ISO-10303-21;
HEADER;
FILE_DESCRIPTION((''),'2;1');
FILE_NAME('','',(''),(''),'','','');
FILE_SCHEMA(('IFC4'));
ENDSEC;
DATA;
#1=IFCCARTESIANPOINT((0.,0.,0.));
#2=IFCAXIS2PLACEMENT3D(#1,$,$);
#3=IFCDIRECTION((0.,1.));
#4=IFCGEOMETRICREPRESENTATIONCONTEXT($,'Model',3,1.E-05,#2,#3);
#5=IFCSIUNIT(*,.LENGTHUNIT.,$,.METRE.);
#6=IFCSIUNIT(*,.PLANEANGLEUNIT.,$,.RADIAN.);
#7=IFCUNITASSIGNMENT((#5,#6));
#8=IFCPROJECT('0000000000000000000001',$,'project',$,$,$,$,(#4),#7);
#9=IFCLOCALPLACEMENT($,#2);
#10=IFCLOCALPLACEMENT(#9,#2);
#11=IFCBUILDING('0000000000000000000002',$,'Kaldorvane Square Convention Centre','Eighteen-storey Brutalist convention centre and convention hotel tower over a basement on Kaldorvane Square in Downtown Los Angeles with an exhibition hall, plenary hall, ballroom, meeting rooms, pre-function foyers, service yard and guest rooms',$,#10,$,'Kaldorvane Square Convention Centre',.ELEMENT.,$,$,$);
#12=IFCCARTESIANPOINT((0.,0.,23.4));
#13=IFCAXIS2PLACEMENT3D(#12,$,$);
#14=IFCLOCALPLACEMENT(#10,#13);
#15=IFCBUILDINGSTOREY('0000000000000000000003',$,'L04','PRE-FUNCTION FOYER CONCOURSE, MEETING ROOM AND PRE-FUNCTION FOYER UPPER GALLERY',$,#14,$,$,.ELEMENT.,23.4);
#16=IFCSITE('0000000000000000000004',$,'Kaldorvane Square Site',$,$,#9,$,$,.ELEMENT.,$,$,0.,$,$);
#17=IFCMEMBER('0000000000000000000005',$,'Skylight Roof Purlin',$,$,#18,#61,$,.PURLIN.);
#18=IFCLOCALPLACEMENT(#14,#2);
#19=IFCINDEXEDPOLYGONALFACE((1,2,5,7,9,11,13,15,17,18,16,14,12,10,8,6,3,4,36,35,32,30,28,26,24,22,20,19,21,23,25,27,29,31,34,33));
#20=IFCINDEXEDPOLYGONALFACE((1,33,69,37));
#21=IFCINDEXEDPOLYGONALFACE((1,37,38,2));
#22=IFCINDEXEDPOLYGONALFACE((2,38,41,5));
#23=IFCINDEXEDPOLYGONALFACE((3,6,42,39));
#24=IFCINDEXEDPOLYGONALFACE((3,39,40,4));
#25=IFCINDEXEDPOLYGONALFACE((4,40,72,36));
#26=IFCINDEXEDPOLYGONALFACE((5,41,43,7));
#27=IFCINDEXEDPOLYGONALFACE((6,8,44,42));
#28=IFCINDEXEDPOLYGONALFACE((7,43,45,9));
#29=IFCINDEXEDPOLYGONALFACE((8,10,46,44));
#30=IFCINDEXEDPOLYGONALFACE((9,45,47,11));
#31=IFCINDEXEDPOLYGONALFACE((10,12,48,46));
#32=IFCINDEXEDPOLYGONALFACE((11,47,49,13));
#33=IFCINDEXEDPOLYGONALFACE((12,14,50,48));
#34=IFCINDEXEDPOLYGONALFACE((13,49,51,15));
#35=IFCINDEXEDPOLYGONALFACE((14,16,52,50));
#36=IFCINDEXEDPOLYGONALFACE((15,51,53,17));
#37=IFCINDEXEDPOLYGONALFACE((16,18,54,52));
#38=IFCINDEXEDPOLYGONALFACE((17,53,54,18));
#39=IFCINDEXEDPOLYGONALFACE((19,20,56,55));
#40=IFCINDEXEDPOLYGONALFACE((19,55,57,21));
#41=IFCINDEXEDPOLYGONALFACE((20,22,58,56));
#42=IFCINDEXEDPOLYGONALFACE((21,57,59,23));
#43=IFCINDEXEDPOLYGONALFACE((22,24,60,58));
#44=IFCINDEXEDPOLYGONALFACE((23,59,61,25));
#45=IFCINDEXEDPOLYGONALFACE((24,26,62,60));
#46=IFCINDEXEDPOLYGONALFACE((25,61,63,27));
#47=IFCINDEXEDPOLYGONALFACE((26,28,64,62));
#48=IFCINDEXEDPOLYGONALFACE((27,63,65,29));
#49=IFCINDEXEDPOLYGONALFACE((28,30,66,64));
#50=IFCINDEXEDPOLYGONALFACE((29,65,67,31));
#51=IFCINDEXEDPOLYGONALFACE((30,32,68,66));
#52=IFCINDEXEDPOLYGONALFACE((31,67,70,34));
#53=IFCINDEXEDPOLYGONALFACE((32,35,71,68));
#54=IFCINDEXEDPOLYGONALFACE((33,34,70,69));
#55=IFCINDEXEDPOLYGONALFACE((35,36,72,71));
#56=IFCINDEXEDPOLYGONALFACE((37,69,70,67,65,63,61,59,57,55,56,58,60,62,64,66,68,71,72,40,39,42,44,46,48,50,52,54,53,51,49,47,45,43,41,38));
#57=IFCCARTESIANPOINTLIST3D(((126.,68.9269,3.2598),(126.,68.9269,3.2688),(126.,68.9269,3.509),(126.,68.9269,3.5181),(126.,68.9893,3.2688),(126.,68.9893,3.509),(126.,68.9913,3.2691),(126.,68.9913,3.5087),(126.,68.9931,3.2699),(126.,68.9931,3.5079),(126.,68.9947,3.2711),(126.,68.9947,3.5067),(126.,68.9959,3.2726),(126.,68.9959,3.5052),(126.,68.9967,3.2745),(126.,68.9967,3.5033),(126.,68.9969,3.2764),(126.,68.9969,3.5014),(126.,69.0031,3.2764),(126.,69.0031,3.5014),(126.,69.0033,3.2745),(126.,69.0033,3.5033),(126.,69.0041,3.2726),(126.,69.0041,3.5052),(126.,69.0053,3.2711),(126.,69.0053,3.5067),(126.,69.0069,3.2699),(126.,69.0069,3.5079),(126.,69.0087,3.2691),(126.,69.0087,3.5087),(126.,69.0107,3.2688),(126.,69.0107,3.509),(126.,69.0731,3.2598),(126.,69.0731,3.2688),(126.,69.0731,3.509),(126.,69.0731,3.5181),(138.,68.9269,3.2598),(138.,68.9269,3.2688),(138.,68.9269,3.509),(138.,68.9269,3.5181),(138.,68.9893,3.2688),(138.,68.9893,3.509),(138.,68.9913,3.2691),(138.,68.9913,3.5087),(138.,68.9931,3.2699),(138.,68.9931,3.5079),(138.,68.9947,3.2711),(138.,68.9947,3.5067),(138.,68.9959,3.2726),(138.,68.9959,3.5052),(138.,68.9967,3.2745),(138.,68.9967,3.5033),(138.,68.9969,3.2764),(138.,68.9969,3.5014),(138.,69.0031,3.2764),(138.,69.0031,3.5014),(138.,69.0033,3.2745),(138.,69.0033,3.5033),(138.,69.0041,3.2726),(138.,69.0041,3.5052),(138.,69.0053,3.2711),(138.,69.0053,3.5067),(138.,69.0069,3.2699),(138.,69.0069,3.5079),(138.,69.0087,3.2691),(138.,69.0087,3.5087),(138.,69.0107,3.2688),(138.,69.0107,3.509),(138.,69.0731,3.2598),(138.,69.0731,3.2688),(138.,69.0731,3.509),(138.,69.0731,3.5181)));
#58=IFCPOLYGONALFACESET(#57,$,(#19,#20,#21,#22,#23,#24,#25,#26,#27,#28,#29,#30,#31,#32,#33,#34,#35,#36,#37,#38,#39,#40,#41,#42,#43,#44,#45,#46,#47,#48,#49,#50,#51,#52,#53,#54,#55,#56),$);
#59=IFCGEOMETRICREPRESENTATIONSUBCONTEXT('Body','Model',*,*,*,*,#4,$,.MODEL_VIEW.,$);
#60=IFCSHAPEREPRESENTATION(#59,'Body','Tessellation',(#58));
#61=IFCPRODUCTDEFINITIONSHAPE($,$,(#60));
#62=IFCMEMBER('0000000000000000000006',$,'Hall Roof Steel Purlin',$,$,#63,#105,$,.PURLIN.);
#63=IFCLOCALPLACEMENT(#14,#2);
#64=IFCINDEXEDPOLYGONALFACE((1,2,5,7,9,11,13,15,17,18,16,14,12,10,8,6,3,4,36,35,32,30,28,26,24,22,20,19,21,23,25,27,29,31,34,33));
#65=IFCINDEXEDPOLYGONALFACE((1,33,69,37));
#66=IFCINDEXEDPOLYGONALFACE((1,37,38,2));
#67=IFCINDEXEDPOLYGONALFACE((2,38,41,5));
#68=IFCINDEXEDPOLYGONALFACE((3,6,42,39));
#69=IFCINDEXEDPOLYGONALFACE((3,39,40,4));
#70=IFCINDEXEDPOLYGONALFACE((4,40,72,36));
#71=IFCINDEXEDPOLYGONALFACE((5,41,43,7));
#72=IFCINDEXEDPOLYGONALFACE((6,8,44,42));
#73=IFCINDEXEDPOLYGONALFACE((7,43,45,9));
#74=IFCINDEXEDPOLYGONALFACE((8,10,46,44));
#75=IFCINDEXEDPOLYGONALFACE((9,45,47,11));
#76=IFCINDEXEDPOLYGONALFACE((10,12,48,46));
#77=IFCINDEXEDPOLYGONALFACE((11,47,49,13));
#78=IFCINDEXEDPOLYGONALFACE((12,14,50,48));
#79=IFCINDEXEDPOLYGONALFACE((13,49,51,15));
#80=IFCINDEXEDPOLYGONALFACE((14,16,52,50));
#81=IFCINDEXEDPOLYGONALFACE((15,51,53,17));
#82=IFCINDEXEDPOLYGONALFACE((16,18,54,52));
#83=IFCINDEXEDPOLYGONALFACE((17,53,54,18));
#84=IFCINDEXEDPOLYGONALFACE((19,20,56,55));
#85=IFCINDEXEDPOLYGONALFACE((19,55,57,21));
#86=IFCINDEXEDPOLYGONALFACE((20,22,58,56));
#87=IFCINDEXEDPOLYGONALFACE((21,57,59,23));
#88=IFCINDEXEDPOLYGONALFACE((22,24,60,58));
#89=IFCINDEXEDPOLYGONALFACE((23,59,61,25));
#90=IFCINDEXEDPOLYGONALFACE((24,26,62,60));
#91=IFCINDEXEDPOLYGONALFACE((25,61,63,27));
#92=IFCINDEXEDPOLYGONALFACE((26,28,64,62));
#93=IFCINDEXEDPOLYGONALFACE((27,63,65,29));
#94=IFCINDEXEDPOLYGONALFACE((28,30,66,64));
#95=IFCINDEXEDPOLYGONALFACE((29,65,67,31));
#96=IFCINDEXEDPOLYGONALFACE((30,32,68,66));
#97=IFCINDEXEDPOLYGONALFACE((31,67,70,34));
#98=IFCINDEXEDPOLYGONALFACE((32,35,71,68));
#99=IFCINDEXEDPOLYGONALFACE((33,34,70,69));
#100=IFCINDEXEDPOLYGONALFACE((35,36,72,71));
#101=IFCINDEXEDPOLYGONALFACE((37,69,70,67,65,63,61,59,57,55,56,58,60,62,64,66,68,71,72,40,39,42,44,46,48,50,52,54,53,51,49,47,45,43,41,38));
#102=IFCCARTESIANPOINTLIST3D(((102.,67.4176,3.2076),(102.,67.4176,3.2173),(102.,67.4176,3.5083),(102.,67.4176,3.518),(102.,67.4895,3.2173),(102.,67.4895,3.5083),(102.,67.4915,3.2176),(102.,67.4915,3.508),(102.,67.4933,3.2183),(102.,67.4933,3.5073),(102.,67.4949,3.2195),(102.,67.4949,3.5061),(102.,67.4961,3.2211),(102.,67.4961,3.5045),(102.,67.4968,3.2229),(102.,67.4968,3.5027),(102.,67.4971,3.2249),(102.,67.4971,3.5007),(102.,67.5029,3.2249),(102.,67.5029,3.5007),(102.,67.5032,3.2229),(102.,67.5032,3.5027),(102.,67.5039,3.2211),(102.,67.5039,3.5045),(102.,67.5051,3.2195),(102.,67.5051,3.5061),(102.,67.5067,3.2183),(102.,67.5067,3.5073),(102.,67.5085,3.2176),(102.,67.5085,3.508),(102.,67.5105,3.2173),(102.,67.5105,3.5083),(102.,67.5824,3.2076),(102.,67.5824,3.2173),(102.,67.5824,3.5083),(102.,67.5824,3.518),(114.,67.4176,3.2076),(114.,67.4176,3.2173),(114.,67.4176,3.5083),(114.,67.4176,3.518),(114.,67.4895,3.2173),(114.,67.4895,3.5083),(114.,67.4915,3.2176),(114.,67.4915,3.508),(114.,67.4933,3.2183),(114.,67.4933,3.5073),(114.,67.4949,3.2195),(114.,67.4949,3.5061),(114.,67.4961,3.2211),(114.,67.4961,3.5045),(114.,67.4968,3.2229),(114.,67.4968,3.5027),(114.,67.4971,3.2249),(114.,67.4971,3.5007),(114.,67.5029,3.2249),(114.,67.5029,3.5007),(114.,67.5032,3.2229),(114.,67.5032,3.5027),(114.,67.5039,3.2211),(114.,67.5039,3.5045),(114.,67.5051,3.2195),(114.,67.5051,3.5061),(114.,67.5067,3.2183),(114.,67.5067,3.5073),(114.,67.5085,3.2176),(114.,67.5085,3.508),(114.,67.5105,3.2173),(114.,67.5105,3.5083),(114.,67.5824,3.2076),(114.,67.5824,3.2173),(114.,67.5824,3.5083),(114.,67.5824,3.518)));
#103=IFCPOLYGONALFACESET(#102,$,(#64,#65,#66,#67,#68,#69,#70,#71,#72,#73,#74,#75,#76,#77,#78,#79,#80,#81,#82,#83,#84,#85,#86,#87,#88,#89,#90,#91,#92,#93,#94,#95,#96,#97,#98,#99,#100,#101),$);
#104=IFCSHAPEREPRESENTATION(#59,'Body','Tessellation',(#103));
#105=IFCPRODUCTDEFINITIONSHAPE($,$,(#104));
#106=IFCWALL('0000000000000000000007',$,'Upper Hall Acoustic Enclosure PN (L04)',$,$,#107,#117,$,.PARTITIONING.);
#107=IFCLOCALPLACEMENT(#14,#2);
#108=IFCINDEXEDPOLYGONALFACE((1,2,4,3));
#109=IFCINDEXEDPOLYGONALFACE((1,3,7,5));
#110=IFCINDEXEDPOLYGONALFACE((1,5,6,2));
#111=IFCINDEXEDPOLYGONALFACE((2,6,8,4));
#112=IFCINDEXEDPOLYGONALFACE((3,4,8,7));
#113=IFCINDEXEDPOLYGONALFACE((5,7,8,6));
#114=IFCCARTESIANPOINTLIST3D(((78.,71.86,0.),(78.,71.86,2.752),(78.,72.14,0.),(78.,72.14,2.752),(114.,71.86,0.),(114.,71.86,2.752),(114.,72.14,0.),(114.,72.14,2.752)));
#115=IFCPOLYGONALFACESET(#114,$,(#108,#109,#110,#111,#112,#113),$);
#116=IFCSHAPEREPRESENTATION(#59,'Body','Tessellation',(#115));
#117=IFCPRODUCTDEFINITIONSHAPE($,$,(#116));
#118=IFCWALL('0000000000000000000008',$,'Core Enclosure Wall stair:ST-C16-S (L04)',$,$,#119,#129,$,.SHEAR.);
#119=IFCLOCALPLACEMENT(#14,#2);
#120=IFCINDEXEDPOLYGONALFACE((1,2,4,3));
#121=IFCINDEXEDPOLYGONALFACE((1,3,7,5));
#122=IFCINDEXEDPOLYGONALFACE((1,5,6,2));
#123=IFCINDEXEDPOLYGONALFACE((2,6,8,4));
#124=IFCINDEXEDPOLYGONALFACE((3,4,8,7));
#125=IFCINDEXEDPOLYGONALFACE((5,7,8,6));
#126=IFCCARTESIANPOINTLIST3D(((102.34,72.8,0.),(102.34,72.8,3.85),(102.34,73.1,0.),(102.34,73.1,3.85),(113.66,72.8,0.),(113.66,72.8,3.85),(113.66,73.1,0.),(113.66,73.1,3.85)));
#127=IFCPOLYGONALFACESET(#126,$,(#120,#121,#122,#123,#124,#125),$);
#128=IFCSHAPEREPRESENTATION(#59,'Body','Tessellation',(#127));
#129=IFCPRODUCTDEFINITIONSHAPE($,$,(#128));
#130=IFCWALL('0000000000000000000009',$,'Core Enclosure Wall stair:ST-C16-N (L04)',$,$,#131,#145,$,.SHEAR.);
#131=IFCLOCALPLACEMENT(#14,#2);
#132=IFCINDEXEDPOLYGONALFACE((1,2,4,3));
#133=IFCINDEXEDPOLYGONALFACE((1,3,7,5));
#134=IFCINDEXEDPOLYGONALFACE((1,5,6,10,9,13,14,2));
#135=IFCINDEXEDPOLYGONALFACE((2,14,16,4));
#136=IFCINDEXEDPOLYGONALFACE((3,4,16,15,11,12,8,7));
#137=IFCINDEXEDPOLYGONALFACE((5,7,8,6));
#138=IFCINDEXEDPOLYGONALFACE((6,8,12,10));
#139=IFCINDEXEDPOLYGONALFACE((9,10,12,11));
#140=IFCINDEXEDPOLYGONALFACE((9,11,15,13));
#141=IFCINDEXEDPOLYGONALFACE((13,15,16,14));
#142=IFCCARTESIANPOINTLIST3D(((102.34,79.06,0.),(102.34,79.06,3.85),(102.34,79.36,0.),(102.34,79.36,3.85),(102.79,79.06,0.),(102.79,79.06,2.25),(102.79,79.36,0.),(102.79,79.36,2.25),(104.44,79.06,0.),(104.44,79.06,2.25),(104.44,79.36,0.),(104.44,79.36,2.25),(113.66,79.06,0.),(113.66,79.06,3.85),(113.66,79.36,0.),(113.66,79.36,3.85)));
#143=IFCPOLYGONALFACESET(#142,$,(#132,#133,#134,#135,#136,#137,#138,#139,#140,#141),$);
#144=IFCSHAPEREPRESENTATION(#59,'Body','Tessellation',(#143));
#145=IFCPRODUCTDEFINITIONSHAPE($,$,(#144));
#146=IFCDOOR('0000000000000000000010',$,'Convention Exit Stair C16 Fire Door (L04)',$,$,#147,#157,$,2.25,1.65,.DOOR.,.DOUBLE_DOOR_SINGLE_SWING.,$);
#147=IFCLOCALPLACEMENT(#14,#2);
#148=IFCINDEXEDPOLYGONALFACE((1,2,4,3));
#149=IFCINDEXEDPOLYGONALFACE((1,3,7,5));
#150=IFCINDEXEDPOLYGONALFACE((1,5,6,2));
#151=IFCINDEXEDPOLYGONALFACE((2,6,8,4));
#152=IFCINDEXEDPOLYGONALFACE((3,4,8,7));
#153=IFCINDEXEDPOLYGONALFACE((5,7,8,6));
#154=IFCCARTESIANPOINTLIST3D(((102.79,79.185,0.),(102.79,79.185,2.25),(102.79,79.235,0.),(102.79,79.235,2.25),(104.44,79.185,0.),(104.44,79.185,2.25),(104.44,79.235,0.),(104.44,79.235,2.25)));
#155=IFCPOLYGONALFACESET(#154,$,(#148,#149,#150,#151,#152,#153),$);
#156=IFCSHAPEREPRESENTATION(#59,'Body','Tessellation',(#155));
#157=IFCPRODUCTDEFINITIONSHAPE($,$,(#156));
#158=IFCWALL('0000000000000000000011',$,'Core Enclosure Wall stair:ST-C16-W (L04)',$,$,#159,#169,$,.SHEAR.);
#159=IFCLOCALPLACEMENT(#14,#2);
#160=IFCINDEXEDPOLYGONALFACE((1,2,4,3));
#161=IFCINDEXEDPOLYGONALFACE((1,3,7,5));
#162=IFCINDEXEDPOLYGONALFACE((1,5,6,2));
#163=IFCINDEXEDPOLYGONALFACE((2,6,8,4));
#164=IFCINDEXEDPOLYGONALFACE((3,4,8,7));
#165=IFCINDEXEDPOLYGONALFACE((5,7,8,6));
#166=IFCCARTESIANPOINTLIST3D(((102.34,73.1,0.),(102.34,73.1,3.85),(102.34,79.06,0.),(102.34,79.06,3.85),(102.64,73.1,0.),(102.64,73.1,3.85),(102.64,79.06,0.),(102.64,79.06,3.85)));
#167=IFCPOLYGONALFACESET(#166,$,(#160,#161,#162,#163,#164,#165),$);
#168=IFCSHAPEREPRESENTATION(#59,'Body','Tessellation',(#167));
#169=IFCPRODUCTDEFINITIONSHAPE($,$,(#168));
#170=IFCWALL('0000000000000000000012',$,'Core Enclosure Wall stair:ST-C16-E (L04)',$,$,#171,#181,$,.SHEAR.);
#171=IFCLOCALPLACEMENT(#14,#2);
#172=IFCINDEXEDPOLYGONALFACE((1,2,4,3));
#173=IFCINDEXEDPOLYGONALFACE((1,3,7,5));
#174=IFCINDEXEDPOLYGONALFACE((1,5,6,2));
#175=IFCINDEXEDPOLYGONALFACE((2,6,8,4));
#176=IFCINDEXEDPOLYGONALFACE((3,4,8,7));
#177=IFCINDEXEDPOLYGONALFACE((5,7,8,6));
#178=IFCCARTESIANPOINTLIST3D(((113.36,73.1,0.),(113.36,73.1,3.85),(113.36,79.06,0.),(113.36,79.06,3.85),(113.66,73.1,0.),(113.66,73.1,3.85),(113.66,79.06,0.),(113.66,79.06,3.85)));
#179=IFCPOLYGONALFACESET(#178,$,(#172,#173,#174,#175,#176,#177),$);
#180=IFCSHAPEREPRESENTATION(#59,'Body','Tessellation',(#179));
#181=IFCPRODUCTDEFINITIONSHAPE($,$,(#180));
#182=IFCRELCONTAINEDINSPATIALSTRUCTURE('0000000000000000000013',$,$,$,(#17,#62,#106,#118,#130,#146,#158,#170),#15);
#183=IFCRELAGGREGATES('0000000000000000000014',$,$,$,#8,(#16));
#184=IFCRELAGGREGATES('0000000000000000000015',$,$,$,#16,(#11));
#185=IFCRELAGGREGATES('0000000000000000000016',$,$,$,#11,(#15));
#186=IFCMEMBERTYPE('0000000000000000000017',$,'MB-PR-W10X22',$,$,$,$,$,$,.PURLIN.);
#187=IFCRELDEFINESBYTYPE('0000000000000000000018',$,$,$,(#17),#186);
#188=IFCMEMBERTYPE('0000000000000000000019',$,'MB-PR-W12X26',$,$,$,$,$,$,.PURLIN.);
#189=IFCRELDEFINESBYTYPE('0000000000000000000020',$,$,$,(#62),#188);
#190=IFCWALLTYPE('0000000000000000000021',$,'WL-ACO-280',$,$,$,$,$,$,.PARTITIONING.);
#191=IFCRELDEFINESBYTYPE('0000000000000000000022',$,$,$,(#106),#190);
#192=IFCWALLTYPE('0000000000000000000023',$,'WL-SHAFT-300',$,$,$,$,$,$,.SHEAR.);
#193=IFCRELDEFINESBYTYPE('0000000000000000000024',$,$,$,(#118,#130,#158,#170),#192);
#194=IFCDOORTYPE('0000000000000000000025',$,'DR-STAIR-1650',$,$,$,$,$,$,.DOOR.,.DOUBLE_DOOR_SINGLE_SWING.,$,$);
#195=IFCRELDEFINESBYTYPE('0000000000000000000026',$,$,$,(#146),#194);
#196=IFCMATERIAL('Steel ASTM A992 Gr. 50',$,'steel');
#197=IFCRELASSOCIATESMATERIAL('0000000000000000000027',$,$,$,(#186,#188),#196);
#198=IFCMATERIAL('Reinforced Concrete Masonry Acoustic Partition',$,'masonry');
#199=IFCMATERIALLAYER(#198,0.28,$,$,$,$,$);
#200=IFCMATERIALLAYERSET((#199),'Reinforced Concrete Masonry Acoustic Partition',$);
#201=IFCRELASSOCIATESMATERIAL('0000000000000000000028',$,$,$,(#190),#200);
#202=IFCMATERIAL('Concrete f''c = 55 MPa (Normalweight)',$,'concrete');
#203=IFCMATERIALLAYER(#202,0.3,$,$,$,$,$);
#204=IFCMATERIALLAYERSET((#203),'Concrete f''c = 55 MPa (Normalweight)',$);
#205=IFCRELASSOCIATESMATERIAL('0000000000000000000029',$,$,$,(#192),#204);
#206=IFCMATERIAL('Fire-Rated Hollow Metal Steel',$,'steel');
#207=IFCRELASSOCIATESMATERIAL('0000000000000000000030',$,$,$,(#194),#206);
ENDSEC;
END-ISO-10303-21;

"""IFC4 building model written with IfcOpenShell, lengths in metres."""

from ifc_helpers import new_model, si_unit, direction, frame, frame_2d, origin, origin_2d, place, context, subcontext, project, spatial, rectangle, i_section, extrude, material, layer, layer_set, material_profile, profile_set, type_object, element, fill, save


model = new_model("IFC4")

# Units and contexts
model_context = context("Model", 3, precision=1e-05, world=origin(), true_north=direction((0.0, 1.0)))
body_context = subcontext(model_context, "Body", "Model", "MODEL_VIEW")
ifc_project = project(units=[si_unit("LENGTHUNIT", "METRE"), si_unit("PLANEANGLEUNIT", "RADIAN")], contexts=[model_context])

# Site, building, storey
site_placement = place(None, origin())
site = spatial("IfcSite", under=ifc_project, at=site_placement, Name="Kaldorvane Square Site", CompositionType="ELEMENT", RefElevation=0.0)
building_placement = place(site_placement, origin())
building = spatial("IfcBuilding", under=site, at=building_placement, Name="Kaldorvane Square Convention Centre", Description="Eighteen-storey Brutalist convention centre and convention hotel tower over a basement on Kaldorvane Square in Downtown Los Angeles with an exhibition hall, plenary hall, ballroom, meeting rooms, pre-function foyers, service yard and guest rooms", LongName="Kaldorvane Square Convention Centre", CompositionType="ELEMENT")
storey_placement = place(building_placement, frame((0.0, 0.0, 23.4)))
storey = spatial("IfcBuildingStorey", under=building, at=storey_placement, Name="L04", Description="PRE-FUNCTION FOYER CONCOURSE, MEETING ROOM AND PRE-FUNCTION FOYER UPPER GALLERY", CompositionType="ELEMENT", Elevation=23.4)

# Shared definitions
ifc_material_1 = material(Name="Concrete f'c = 55 MPa (Normalweight)", Category="concrete")
ifc_material_2 = material(Name="Steel ASTM A992 Gr. 50", Category="steel")

# Members
ifc_material_profile_1 = material_profile(ifc_material_2, i_section(OverallWidth=0.1461, OverallDepth=0.2583, WebThickness=0.0061, FlangeThickness=0.0091, FilletRadius=0.0076, at=origin_2d()), Name="W10X22")
ifc_profile_set_1 = profile_set([ifc_material_profile_1], Name="Steel ASTM A992 Gr. 50")
member_type_1 = type_object("IfcMemberType", Name="MB-PR-W10X22", PredefinedType="PURLIN", material=ifc_profile_set_1)
member_1_placement = place(storey_placement, frame((126.0, 69.0, 3.3889), z_axis=(1.0, 0.0, 0.0), x_axis=(0.0, 1.0, 0.0)))
element("IfcMember", 1, at=member_1_placement, inside=storey, type_object=member_type_1, Name="Skylight Roof Purlin", PredefinedType="PURLIN", context=body_context, shape_type="SweptSolid", body=[
    extrude(i_section(OverallWidth=0.1461, OverallDepth=0.2583, WebThickness=0.0061, FlangeThickness=0.0091, FilletRadius=0.0076, at=origin_2d()), origin(), (0.0, 0.0, 1.0), 12.0),
])
ifc_material_profile_2 = material_profile(ifc_material_2, i_section(OverallWidth=0.1648, OverallDepth=0.3104, WebThickness=0.0058, FlangeThickness=0.0097, FilletRadius=0.0076, at=origin_2d()), Name="W12X26")
ifc_profile_set_2 = profile_set([ifc_material_profile_2], Name="Steel ASTM A992 Gr. 50")
member_type_2 = type_object("IfcMemberType", Name="MB-PR-W12X26", PredefinedType="PURLIN", material=ifc_profile_set_2)
member_2_placement = place(storey_placement, frame((102.0, 67.5, 3.3628), z_axis=(1.0, 0.0, 0.0), x_axis=(0.0, 1.0, 0.0)))
element("IfcMember", 2, at=member_2_placement, inside=storey, type_object=member_type_2, Name="Hall Roof Steel Purlin", PredefinedType="PURLIN", context=body_context, shape_type="SweptSolid", body=[
    extrude(i_section(OverallWidth=0.1648, OverallDepth=0.3104, WebThickness=0.0058, FlangeThickness=0.0097, FilletRadius=0.0076, at=origin_2d()), origin(), (0.0, 0.0, 1.0), 12.0),
])

# Walls
ifc_material_3 = material(Name="Reinforced Concrete Masonry Acoustic Partition", Category="masonry")
ifc_layer_1 = layer(ifc_material_3, 0.28)
ifc_layer_set_1 = layer_set([ifc_layer_1], Name="Reinforced Concrete Masonry Acoustic Partition")
wall_type_1 = type_object("IfcWallType", Name="WL-ACO-280", PredefinedType="PARTITIONING", material=ifc_layer_set_1)
wall_1_placement = place(storey_placement, frame((114.0, 72.0, 0.0), z_axis=(0.0, 0.0, 1.0), x_axis=(-1.0, 0.0, 0.0)))
element("IfcWall", 3, at=wall_1_placement, inside=storey, type_object=wall_type_1, Name="Upper Hall Acoustic Enclosure PN (L04)", PredefinedType="PARTITIONING", context=body_context, shape_type="SweptSolid", body=[
    extrude(rectangle(XDim=36.0, YDim=0.28, at=frame_2d((18.0, 0.0))), origin(), (0.0, 0.0, 1.0), 2.752),
])
ifc_layer_2 = layer(ifc_material_1, 0.3)
ifc_layer_set_2 = layer_set([ifc_layer_2], Name="Concrete f'c = 55 MPa (Normalweight)")
wall_type_2 = type_object("IfcWallType", Name="WL-SHAFT-300", PredefinedType="SHEAR", material=ifc_layer_set_2)
wall_2_placement = place(storey_placement, frame((102.34, 72.95, 0.0), z_axis=(0.0, 0.0, 1.0), x_axis=(1.0, 0.0, 0.0)))
element("IfcWall", 4, at=wall_2_placement, inside=storey, type_object=wall_type_2, Name="Core Enclosure Wall stair:ST-C16-S (L04)", PredefinedType="SHEAR", context=body_context, shape_type="SweptSolid", body=[
    extrude(rectangle(XDim=11.32, YDim=0.3, at=frame_2d((5.66, 0.0))), origin(), (0.0, 0.0, 1.0), 3.85),
])

# Wall, opening, door
wall_3_placement = place(storey_placement, frame((113.66, 79.21, 0.0), z_axis=(0.0, 0.0, 1.0), x_axis=(-1.0, 0.0, 0.0)))
wall_3 = element("IfcWall", 5, at=wall_3_placement, inside=storey, type_object=wall_type_2, Name="Core Enclosure Wall stair:ST-C16-N (L04)", PredefinedType="SHEAR", context=body_context, shape_type="SweptSolid", body=[
    extrude(rectangle(XDim=11.32, YDim=0.3, at=frame_2d((5.66, 0.0))), origin(), (0.0, 0.0, 1.0), 3.85),
])
opening_placement = place(wall_3_placement, frame((9.22, 0.0, 0.0)))
opening = element("IfcOpeningElement", 6, at=opening_placement, cuts=wall_3, PredefinedType="OPENING", context=body_context, shape_type="SweptSolid", body=[
    extrude(rectangle(XDim=1.65, YDim=2.25, at=frame_2d((0.825, 1.125))), frame((0.0, 0.165, 0.0), z_axis=(0.0, -1.0, 0.0), x_axis=(1.0, 0.0, 0.0)), (0.0, 0.0, 1.0), 0.33),
])
ifc_material_4 = material(Name="Fire-Rated Hollow Metal Steel", Category="steel")
door_type = type_object("IfcDoorType", Name="DR-STAIR-1650", OperationType="DOUBLE_DOOR_SINGLE_SWING", PredefinedType="DOOR", material=ifc_material_4)
door_placement = place(opening_placement, origin())
door = element("IfcDoor", 7, at=door_placement, inside=storey, type_object=door_type, Name="Convention Exit Stair C16 Fire Door (L04)", OperationType="DOUBLE_DOOR_SINGLE_SWING", OverallHeight=2.25, OverallWidth=1.65, PredefinedType="DOOR", context=body_context, shape_type="SweptSolid", body=[
    extrude(rectangle(XDim=1.65, YDim=2.25, at=frame_2d((0.825, 1.125))), frame((0.0, 0.025, 0.0), z_axis=(0.0, -1.0, 0.0), x_axis=(1.0, 0.0, 0.0)), (0.0, 0.0, 1.0), 0.05),
])
fill(opening, door)

# Walls
for number, where, z_axis, x_axis, name in (
    (8, (102.49, 79.06, 0.0), (0.0, 0.0, 1.0), (0.0, -1.0, 0.0), "Core Enclosure Wall stair:ST-C16-W (L04)"),
    (9, (113.51, 73.1, 0.0), (0.0, 0.0, 1.0), (0.0, 1.0, 0.0), "Core Enclosure Wall stair:ST-C16-E (L04)"),
):
    element("IfcWall", number, at=place(storey_placement, frame(where, z_axis=z_axis, x_axis=x_axis)), inside=storey, type_object=wall_type_2, Name=name, PredefinedType="SHEAR", context=body_context, shape_type="SweptSolid", body=[
        extrude(rectangle(XDim=5.96, YDim=0.3, at=frame_2d((2.98, 0.0))), origin(), (0.0, 0.0, 1.0), 3.85),
    ])

save(model, "model.ifc")
